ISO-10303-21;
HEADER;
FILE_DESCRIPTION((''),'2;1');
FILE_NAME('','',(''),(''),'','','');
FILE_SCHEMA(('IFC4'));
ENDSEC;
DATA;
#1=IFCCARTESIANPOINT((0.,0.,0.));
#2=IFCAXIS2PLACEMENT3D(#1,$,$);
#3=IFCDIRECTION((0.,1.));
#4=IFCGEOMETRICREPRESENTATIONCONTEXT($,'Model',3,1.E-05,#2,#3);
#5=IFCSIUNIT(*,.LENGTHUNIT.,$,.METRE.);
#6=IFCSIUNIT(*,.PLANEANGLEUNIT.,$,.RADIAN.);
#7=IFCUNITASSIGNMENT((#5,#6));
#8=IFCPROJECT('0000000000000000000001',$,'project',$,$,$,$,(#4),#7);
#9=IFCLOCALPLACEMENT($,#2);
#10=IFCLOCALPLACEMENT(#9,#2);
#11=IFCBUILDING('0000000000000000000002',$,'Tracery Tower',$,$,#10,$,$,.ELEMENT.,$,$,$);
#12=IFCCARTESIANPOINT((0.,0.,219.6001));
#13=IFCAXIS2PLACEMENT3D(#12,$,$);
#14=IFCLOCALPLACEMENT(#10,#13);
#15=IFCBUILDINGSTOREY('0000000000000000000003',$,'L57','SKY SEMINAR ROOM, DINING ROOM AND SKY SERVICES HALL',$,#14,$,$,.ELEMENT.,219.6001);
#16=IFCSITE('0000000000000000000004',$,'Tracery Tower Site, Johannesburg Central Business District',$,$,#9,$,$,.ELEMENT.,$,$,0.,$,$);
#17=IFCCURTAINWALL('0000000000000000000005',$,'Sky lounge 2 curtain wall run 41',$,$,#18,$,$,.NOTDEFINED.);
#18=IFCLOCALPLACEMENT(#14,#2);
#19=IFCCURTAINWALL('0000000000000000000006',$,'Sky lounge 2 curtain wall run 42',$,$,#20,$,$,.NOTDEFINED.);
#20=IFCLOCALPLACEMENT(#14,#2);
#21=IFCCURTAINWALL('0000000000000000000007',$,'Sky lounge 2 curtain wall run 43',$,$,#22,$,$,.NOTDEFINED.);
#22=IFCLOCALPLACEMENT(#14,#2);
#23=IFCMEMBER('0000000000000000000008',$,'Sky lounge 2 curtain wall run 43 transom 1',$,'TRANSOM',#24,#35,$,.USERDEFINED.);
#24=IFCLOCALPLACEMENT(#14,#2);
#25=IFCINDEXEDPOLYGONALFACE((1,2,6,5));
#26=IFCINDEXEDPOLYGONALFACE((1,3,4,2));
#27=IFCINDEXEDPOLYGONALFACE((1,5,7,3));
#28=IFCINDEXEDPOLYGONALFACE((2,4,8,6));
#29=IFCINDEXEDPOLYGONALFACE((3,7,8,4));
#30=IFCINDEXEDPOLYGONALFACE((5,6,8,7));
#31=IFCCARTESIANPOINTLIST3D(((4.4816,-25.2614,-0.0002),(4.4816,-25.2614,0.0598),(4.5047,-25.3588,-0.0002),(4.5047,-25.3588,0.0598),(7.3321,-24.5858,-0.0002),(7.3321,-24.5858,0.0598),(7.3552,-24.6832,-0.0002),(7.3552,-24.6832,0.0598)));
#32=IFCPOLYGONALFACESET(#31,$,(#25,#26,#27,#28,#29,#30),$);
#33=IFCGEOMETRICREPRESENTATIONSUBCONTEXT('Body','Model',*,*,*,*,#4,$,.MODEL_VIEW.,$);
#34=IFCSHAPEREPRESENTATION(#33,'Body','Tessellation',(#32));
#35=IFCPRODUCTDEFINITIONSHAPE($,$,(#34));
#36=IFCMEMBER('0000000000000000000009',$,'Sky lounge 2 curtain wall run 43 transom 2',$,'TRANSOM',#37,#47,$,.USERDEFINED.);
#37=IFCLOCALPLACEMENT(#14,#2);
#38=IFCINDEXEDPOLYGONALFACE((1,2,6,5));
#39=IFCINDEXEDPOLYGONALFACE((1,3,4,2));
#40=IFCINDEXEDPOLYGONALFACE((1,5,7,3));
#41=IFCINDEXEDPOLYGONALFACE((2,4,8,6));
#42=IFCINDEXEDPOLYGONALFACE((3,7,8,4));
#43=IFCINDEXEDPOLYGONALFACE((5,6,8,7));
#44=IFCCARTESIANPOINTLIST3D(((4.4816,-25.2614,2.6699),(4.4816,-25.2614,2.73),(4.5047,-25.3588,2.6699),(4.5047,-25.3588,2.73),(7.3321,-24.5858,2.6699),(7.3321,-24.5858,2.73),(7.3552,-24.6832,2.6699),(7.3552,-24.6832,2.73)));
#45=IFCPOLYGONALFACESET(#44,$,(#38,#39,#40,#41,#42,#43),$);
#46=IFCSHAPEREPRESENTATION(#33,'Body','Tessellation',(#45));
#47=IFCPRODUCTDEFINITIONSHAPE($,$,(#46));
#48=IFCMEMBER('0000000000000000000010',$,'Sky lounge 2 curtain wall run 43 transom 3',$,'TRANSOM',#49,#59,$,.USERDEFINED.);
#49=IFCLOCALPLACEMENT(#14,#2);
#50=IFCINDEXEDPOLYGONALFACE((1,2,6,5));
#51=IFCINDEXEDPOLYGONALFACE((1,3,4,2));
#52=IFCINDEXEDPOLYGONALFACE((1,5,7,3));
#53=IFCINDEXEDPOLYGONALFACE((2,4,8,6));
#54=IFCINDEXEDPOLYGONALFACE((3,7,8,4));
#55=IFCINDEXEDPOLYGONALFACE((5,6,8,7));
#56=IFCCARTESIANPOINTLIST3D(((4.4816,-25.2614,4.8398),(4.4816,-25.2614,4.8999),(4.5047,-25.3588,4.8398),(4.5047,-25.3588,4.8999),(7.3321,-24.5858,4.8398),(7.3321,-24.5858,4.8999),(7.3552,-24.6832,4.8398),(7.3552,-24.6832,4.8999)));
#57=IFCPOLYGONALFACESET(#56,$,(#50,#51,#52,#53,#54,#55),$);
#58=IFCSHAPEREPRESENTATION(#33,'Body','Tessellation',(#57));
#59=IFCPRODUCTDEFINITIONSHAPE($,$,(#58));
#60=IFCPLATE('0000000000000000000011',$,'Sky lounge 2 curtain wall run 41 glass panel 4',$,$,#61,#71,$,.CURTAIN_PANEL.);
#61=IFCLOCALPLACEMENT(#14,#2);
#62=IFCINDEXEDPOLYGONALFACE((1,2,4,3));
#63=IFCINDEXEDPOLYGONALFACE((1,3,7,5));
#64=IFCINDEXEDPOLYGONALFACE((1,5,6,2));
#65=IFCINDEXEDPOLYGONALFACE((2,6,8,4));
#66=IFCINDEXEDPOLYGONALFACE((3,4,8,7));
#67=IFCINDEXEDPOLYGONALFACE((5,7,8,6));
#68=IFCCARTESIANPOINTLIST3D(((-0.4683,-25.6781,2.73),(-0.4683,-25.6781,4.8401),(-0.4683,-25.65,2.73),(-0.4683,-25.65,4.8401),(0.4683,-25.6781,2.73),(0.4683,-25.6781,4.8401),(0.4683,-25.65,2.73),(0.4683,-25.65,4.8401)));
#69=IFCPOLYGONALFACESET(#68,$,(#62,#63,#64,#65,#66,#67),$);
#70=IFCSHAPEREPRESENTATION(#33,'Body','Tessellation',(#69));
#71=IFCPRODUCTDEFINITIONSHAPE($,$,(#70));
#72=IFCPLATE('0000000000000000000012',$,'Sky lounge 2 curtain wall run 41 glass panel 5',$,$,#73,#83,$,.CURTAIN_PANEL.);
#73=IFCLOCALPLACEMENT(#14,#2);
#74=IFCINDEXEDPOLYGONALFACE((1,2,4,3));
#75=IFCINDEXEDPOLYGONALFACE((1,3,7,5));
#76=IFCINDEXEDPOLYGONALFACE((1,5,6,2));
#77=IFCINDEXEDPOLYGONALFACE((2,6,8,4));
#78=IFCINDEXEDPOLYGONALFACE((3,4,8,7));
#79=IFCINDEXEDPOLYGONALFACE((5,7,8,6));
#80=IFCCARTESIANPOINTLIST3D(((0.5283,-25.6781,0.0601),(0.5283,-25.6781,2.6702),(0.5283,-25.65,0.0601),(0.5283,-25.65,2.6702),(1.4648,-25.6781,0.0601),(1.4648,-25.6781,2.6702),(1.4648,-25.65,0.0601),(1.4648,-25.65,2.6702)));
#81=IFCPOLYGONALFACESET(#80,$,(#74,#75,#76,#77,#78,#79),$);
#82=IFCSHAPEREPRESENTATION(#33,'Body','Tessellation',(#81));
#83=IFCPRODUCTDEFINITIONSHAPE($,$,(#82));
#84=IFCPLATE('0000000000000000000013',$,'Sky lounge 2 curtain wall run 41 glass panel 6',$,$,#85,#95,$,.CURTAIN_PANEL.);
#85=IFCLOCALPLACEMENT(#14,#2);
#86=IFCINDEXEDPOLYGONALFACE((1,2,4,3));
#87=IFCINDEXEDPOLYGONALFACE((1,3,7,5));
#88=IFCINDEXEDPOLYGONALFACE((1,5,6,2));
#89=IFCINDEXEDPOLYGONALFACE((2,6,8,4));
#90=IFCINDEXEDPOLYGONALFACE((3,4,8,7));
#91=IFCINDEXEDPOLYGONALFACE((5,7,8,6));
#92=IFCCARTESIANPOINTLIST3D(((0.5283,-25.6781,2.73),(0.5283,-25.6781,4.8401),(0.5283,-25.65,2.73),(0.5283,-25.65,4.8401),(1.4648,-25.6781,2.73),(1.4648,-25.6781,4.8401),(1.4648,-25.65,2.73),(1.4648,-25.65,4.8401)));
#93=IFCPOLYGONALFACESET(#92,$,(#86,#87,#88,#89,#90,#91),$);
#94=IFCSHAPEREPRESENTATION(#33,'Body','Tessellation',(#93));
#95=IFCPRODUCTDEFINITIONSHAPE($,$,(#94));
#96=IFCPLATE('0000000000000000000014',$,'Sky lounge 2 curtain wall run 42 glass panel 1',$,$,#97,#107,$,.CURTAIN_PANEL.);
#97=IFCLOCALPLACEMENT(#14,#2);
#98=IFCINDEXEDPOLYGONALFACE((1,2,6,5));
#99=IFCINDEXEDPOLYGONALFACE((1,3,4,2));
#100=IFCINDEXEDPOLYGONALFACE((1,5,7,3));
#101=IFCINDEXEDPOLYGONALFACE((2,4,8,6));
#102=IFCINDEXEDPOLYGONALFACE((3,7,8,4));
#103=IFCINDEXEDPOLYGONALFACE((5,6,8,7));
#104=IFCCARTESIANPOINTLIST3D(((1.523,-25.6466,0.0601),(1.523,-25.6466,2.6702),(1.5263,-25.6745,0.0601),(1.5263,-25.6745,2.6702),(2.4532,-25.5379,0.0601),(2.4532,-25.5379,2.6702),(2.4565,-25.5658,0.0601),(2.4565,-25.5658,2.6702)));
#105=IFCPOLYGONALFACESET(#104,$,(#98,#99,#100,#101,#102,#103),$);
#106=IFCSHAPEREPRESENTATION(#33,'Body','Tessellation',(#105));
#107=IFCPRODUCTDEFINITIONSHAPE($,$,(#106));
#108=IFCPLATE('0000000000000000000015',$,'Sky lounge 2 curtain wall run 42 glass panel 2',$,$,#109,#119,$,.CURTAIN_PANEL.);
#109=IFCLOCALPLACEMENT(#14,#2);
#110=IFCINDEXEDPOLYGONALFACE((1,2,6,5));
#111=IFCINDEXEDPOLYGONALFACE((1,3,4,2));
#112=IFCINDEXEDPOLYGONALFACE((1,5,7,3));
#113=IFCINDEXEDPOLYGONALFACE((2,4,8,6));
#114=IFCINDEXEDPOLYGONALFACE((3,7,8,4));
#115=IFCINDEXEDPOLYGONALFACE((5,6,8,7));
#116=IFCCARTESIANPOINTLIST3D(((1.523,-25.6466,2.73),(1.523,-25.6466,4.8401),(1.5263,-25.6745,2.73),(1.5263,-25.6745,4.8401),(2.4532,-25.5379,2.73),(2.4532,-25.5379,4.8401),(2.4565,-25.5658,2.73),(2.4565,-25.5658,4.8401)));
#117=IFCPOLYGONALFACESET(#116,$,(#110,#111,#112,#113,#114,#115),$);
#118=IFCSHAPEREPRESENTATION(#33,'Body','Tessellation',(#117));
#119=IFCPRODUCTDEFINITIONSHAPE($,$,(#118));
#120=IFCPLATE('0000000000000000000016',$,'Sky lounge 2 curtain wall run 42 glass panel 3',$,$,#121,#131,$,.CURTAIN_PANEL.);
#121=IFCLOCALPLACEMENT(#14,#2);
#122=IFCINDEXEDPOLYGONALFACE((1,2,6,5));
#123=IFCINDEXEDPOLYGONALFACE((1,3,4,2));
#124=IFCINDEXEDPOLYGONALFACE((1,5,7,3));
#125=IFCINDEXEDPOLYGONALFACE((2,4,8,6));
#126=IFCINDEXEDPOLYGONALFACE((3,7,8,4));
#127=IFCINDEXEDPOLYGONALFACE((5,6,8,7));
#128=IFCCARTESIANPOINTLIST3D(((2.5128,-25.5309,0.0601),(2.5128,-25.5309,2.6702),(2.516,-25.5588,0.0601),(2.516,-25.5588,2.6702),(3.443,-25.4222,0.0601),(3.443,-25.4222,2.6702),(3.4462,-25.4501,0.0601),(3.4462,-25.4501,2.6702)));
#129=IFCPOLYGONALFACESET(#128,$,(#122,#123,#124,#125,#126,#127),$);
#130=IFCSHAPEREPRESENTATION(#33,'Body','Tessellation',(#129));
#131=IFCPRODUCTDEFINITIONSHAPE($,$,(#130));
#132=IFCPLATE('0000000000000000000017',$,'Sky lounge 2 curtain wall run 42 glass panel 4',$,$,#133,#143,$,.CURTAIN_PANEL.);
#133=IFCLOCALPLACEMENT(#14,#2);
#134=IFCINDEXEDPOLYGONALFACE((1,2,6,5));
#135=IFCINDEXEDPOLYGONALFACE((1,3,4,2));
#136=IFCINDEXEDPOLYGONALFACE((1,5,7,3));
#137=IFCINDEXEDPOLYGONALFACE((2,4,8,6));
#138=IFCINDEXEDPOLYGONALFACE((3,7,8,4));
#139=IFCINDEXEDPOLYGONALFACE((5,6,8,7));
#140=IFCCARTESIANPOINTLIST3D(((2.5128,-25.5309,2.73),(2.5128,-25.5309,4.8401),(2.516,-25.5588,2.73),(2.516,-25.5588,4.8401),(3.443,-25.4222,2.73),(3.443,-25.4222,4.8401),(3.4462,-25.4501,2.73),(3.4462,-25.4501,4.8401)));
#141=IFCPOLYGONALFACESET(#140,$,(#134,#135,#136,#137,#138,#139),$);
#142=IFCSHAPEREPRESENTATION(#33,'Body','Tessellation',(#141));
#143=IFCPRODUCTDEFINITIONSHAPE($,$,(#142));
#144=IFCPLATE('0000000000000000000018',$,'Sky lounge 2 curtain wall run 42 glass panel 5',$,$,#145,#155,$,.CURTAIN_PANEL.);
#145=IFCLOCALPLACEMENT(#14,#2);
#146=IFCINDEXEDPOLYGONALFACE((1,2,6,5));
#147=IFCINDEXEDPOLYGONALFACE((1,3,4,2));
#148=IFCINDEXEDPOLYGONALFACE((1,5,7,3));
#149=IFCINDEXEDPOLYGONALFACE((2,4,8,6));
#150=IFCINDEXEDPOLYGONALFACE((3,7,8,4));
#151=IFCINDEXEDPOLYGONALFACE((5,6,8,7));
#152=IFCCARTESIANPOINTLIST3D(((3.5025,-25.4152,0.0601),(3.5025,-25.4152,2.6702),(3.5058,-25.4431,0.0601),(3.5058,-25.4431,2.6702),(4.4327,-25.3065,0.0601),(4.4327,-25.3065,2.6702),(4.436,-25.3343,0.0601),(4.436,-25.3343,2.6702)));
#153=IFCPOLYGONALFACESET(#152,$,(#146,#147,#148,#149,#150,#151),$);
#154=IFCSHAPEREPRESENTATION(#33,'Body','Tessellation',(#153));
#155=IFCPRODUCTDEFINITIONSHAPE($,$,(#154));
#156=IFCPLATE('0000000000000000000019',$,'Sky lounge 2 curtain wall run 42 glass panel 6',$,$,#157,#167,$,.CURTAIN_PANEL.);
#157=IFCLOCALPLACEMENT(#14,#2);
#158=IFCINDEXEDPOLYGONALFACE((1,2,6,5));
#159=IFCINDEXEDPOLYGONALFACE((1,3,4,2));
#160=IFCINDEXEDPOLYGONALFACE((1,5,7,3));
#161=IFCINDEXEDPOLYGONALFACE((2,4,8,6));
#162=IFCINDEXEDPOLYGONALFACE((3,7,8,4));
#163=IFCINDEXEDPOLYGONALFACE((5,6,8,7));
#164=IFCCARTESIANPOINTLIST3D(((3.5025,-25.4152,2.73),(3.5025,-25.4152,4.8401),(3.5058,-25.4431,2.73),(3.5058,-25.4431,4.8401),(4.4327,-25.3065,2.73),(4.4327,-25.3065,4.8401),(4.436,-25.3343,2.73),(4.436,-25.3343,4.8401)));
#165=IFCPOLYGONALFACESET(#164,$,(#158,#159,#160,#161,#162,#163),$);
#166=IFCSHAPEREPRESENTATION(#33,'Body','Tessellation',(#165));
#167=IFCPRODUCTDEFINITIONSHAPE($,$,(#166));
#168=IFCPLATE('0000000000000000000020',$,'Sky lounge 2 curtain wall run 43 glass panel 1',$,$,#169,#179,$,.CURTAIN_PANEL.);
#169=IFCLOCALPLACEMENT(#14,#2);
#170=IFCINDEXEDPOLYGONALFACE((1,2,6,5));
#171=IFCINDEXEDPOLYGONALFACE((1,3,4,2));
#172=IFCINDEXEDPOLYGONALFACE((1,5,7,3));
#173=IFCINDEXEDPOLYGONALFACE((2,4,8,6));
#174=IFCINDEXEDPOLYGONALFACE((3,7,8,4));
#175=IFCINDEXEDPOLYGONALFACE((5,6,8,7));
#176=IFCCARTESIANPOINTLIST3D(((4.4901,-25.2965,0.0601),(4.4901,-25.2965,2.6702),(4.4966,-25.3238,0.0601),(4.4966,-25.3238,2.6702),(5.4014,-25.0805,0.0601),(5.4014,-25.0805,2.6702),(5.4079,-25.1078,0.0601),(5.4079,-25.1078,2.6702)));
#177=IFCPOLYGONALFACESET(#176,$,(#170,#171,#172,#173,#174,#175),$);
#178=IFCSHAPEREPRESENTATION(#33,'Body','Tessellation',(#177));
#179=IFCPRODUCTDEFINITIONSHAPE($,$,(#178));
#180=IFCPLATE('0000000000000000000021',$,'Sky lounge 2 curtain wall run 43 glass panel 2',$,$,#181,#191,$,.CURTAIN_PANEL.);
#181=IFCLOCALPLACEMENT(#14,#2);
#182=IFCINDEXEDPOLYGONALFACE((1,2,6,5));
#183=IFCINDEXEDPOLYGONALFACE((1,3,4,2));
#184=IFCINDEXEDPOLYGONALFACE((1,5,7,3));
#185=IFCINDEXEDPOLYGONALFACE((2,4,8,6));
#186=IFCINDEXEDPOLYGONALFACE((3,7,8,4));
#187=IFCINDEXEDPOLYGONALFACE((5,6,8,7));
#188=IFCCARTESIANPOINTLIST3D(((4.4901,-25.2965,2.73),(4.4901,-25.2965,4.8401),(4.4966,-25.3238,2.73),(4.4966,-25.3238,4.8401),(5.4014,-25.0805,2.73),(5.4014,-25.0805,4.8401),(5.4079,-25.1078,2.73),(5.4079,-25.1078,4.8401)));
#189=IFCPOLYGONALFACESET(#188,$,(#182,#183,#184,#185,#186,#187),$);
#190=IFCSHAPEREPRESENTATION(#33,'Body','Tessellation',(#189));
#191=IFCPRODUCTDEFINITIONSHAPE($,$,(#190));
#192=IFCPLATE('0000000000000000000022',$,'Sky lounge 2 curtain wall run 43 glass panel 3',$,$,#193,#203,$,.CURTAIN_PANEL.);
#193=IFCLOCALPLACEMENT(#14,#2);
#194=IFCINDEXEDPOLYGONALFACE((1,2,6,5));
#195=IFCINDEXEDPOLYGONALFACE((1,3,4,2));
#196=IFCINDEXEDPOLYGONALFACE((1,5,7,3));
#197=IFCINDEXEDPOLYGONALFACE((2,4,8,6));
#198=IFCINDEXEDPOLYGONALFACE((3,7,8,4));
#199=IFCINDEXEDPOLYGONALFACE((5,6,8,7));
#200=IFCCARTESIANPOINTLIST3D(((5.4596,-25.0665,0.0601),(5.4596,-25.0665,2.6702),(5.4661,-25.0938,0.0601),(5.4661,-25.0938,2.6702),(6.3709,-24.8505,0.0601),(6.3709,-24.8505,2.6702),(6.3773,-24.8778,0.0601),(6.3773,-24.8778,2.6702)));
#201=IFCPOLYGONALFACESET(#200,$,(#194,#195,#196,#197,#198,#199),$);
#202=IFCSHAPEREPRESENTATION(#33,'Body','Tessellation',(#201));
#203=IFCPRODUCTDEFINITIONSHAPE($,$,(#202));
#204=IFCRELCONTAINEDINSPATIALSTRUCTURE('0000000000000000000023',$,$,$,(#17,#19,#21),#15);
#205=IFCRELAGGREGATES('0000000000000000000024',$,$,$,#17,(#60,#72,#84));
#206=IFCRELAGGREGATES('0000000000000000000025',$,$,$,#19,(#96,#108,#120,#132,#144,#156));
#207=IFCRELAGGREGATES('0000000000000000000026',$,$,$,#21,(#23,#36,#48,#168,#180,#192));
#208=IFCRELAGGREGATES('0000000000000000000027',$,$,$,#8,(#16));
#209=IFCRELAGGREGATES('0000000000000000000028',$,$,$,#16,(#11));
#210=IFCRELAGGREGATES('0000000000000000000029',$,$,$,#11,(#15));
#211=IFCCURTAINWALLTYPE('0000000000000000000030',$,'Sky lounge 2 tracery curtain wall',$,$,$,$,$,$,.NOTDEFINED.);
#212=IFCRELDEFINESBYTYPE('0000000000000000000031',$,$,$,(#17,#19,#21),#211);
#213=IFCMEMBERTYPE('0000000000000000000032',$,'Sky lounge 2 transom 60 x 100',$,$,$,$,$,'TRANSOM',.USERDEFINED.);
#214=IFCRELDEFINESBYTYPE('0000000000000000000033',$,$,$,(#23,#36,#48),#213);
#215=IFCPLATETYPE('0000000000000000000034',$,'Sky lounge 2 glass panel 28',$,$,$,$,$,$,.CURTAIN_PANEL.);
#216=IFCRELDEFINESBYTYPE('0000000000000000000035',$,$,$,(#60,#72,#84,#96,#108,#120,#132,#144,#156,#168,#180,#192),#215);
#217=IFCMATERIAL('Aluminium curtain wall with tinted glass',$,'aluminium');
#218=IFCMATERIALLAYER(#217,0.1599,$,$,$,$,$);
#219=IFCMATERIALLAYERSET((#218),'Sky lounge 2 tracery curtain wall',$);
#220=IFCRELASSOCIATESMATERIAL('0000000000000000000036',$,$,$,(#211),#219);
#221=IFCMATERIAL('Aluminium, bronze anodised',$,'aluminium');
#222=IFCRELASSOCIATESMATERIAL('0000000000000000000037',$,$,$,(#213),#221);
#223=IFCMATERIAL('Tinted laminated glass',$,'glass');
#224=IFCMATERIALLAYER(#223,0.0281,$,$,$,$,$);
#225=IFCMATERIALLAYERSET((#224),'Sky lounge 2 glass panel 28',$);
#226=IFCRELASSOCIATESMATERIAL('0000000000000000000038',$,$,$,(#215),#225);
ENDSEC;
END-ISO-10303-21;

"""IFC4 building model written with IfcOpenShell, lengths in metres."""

from ifc_helpers import new_model, si_unit, direction, frame, origin, origin_2d, place, context, subcontext, project, spatial, rectangle, extrude, material, layer, layer_set, material_profile, profile_set, type_object, element, aggregate, save


model = new_model("IFC4")

# Units and contexts
model_context = context("Model", 3, precision=1e-05, world=origin(), true_north=direction((0.0, 1.0)))
body_context = subcontext(model_context, "Body", "Model", "MODEL_VIEW")
ifc_project = project(units=[si_unit("LENGTHUNIT", "METRE"), si_unit("PLANEANGLEUNIT", "RADIAN")], contexts=[model_context])

# Site, building, storey
site_placement = place(None, origin())
site = spatial("IfcSite", under=ifc_project, at=site_placement, Name="Tracery Tower Site, Johannesburg Central Business District", CompositionType="ELEMENT", RefElevation=0.0)
building_placement = place(site_placement, origin())
building = spatial("IfcBuilding", under=site, at=building_placement, Name="Tracery Tower", CompositionType="ELEMENT")
storey_placement = place(building_placement, frame((0.0, 0.0, 219.6001)))
storey = spatial("IfcBuildingStorey", under=building, at=storey_placement, Name="L57", Description="SKY SEMINAR ROOM, DINING ROOM AND SKY SERVICES HALL", CompositionType="ELEMENT", Elevation=219.6001)

# Curtain wall
ifc_material_1 = material(Name="Aluminium curtain wall with tinted glass", Category="aluminium")
ifc_layer_1 = layer(ifc_material_1, 0.1599)
ifc_layer_set_1 = layer_set([ifc_layer_1], Name="Sky lounge 2 tracery curtain wall")
curtain_wall_type = type_object("IfcCurtainWallType", Name="Sky lounge 2 tracery curtain wall", PredefinedType="NOTDEFINED", material=ifc_layer_set_1)
curtain_wall_1_placement = place(storey_placement, origin())
curtain_wall_1 = element("IfcCurtainWall", 1, at=curtain_wall_1_placement, inside=storey, type_object=curtain_wall_type, Name="Sky lounge 2 curtain wall run 41", PredefinedType="NOTDEFINED")

# Curtain walls
curtain_wall_2_placement = place(storey_placement, origin())
curtain_wall_2 = element("IfcCurtainWall", 2, at=curtain_wall_2_placement, inside=storey, type_object=curtain_wall_type, Name="Sky lounge 2 curtain wall run 42", PredefinedType="NOTDEFINED")
curtain_wall_3_placement = place(storey_placement, origin())
curtain_wall_3 = element("IfcCurtainWall", 3, at=curtain_wall_3_placement, inside=storey, type_object=curtain_wall_type, Name="Sky lounge 2 curtain wall run 43", PredefinedType="NOTDEFINED")

# Members
ifc_material_2 = material(Name="Aluminium, bronze anodised", Category="aluminium")
ifc_material_profile_1 = material_profile(ifc_material_2, rectangle(XDim=0.1001, YDim=0.0601, at=origin_2d()), Name="AL 60x100")
ifc_profile_set_1 = profile_set([ifc_material_profile_1], Name="Aluminium, bronze anodised")
member_type_1 = type_object("IfcMemberType", Name="Sky lounge 2 transom 60 x 100", ElementType="TRANSOM", PredefinedType="USERDEFINED", material=ifc_profile_set_1)
member_1_placement = place(storey_placement, frame((4.4932, -25.3101, 0.0298), z_axis=(0.97305, 0.230595, 0.0), x_axis=(-0.230595, 0.97305, 0.0)))
member_1 = element("IfcMember", 4, at=member_1_placement, type_object=member_type_1, Name="Sky lounge 2 curtain wall run 43 transom 1", ObjectType="TRANSOM", PredefinedType="USERDEFINED", context=body_context, shape_type="SweptSolid", body=[
    extrude(rectangle(XDim=0.1001, YDim=0.0601, at=origin_2d()), origin(), (0.0, 0.0, 1.0), 2.9294),
])
member_2_placement = place(storey_placement, frame((4.4932, -25.3101, 2.7), z_axis=(0.97305, 0.230595, 0.0), x_axis=(-0.230595, 0.97305, 0.0)))
member_2 = element("IfcMember", 5, at=member_2_placement, type_object=member_type_1, Name="Sky lounge 2 curtain wall run 43 transom 2", ObjectType="TRANSOM", PredefinedType="USERDEFINED", context=body_context, shape_type="SweptSolid", body=[
    extrude(rectangle(XDim=0.1001, YDim=0.0601, at=origin_2d()), origin(), (0.0, 0.0, 1.0), 2.9294),
])
member_3_placement = place(storey_placement, frame((4.4932, -25.3101, 4.8699), z_axis=(0.97305, 0.230595, 0.0), x_axis=(-0.230595, 0.97305, 0.0)))
member_3 = element("IfcMember", 6, at=member_3_placement, type_object=member_type_1, Name="Sky lounge 2 curtain wall run 43 transom 3", ObjectType="TRANSOM", PredefinedType="USERDEFINED", context=body_context, shape_type="SweptSolid", body=[
    extrude(rectangle(XDim=0.1001, YDim=0.0601, at=origin_2d()), origin(), (0.0, 0.0, 1.0), 2.9294),
])

# Plates
ifc_material_3 = material(Name="Tinted laminated glass", Category="glass")
ifc_layer_2 = layer(ifc_material_3, 0.0281)
ifc_layer_set_2 = layer_set([ifc_layer_2], Name="Sky lounge 2 glass panel 28")
plate_type = type_object("IfcPlateType", Name="Sky lounge 2 glass panel 28", PredefinedType="CURTAIN_PANEL", material=ifc_layer_set_2)
plate_1_placement = place(storey_placement, frame((0.0, -25.6641, 2.73), z_axis=(0.0, 0.0, 1.0), x_axis=(1.0, 0.0, 0.0)))
plate_1 = element("IfcPlate", 7, at=plate_1_placement, type_object=plate_type, Name="Sky lounge 2 curtain wall run 41 glass panel 4", PredefinedType="CURTAIN_PANEL", context=body_context, shape_type="SweptSolid", body=[
    extrude(rectangle(XDim=0.9365, YDim=0.0281, at=origin_2d()), origin(), (0.0, 0.0, 1.0), 2.1101),
])
plate_2_placement = place(storey_placement, frame((0.9966, -25.6641, 0.0601), z_axis=(0.0, 0.0, 1.0), x_axis=(1.0, 0.0, 0.0)))
plate_2 = element("IfcPlate", 8, at=plate_2_placement, type_object=plate_type, Name="Sky lounge 2 curtain wall run 41 glass panel 5", PredefinedType="CURTAIN_PANEL", context=body_context, shape_type="SweptSolid", body=[
    extrude(rectangle(XDim=0.9365, YDim=0.0281, at=origin_2d()), origin(), (0.0, 0.0, 1.0), 2.6101),
])
plate_3_placement = place(storey_placement, frame((0.9966, -25.6641, 2.73), z_axis=(0.0, 0.0, 1.0), x_axis=(1.0, 0.0, 0.0)))
plate_3 = element("IfcPlate", 9, at=plate_3_placement, type_object=plate_type, Name="Sky lounge 2 curtain wall run 41 glass panel 6", PredefinedType="CURTAIN_PANEL", context=body_context, shape_type="SweptSolid", body=[
    extrude(rectangle(XDim=0.9365, YDim=0.0281, at=origin_2d()), origin(), (0.0, 0.0, 1.0), 2.1101),
])
aggregate(curtain_wall_1, [plate_1, plate_2, plate_3])
plate_4_placement = place(storey_placement, frame((1.9897, -25.6062, 0.0601), z_axis=(0.0, 0.0, 1.0), x_axis=(0.993238, 0.116093, 0.0)))
plate_4 = element("IfcPlate", 10, at=plate_4_placement, type_object=plate_type, Name="Sky lounge 2 curtain wall run 42 glass panel 1", PredefinedType="CURTAIN_PANEL", context=body_context, shape_type="SweptSolid", body=[
    extrude(rectangle(XDim=0.9365, YDim=0.0281, at=origin_2d()), origin(), (0.0, 0.0, 1.0), 2.6101),
])
plate_5_placement = place(storey_placement, frame((1.9897, -25.6062, 2.73), z_axis=(0.0, 0.0, 1.0), x_axis=(0.993238, 0.116093, 0.0)))
plate_5 = element("IfcPlate", 11, at=plate_5_placement, type_object=plate_type, Name="Sky lounge 2 curtain wall run 42 glass panel 2", PredefinedType="CURTAIN_PANEL", context=body_context, shape_type="SweptSolid", body=[
    extrude(rectangle(XDim=0.9365, YDim=0.0281, at=origin_2d()), origin(), (0.0, 0.0, 1.0), 2.1101),
])
plate_6_placement = place(storey_placement, frame((2.9795, -25.4905, 0.0601), z_axis=(0.0, 0.0, 1.0), x_axis=(0.993238, 0.116093, 0.0)))
plate_6 = element("IfcPlate", 12, at=plate_6_placement, type_object=plate_type, Name="Sky lounge 2 curtain wall run 42 glass panel 3", PredefinedType="CURTAIN_PANEL", context=body_context, shape_type="SweptSolid", body=[
    extrude(rectangle(XDim=0.9365, YDim=0.0281, at=origin_2d()), origin(), (0.0, 0.0, 1.0), 2.6101),
])
plate_7_placement = place(storey_placement, frame((2.9795, -25.4905, 2.73), z_axis=(0.0, 0.0, 1.0), x_axis=(0.993238, 0.116093, 0.0)))
plate_7 = element("IfcPlate", 13, at=plate_7_placement, type_object=plate_type, Name="Sky lounge 2 curtain wall run 42 glass panel 4", PredefinedType="CURTAIN_PANEL", context=body_context, shape_type="SweptSolid", body=[
    extrude(rectangle(XDim=0.9365, YDim=0.0281, at=origin_2d()), origin(), (0.0, 0.0, 1.0), 2.1101),
])
plate_8_placement = place(storey_placement, frame((3.9692, -25.3748, 0.0601), z_axis=(0.0, 0.0, 1.0), x_axis=(0.993238, 0.116093, 0.0)))
plate_8 = element("IfcPlate", 14, at=plate_8_placement, type_object=plate_type, Name="Sky lounge 2 curtain wall run 42 glass panel 5", PredefinedType="CURTAIN_PANEL", context=body_context, shape_type="SweptSolid", body=[
    extrude(rectangle(XDim=0.9365, YDim=0.0281, at=origin_2d()), origin(), (0.0, 0.0, 1.0), 2.6101),
])
plate_9_placement = place(storey_placement, frame((3.9692, -25.3748, 2.73), z_axis=(0.0, 0.0, 1.0), x_axis=(0.993238, 0.116093, 0.0)))
plate_9 = element("IfcPlate", 15, at=plate_9_placement, type_object=plate_type, Name="Sky lounge 2 curtain wall run 42 glass panel 6", PredefinedType="CURTAIN_PANEL", context=body_context, shape_type="SweptSolid", body=[
    extrude(rectangle(XDim=0.9365, YDim=0.0281, at=origin_2d()), origin(), (0.0, 0.0, 1.0), 2.1101),
])
aggregate(curtain_wall_2, [plate_4, plate_5, plate_6, plate_7, plate_8, plate_9])
plate_10_placement = place(storey_placement, frame((4.949, -25.2021, 0.0601), z_axis=(0.0, 0.0, 1.0), x_axis=(0.973045, 0.230616, 0.0)))
plate_10 = element("IfcPlate", 16, at=plate_10_placement, type_object=plate_type, Name="Sky lounge 2 curtain wall run 43 glass panel 1", PredefinedType="CURTAIN_PANEL", context=body_context, shape_type="SweptSolid", body=[
    extrude(rectangle(XDim=0.9365, YDim=0.0281, at=origin_2d()), origin(), (0.0, 0.0, 1.0), 2.6101),
])
plate_11_placement = place(storey_placement, frame((4.949, -25.2021, 2.73), z_axis=(0.0, 0.0, 1.0), x_axis=(0.973045, 0.230616, 0.0)))
plate_11 = element("IfcPlate", 17, at=plate_11_placement, type_object=plate_type, Name="Sky lounge 2 curtain wall run 43 glass panel 2", PredefinedType="CURTAIN_PANEL", context=body_context, shape_type="SweptSolid", body=[
    extrude(rectangle(XDim=0.9365, YDim=0.0281, at=origin_2d()), origin(), (0.0, 0.0, 1.0), 2.1101),
])
plate_12_placement = place(storey_placement, frame((5.9185, -24.9722, 0.0601), z_axis=(0.0, 0.0, 1.0), x_axis=(0.973045, 0.230616, 0.0)))
plate_12 = element("IfcPlate", 18, at=plate_12_placement, type_object=plate_type, Name="Sky lounge 2 curtain wall run 43 glass panel 3", PredefinedType="CURTAIN_PANEL", context=body_context, shape_type="SweptSolid", body=[
    extrude(rectangle(XDim=0.9365, YDim=0.0281, at=origin_2d()), origin(), (0.0, 0.0, 1.0), 2.6101),
])
aggregate(curtain_wall_3, [member_1, member_2, member_3, plate_10, plate_11, plate_12])

save(model, "model.ifc")
